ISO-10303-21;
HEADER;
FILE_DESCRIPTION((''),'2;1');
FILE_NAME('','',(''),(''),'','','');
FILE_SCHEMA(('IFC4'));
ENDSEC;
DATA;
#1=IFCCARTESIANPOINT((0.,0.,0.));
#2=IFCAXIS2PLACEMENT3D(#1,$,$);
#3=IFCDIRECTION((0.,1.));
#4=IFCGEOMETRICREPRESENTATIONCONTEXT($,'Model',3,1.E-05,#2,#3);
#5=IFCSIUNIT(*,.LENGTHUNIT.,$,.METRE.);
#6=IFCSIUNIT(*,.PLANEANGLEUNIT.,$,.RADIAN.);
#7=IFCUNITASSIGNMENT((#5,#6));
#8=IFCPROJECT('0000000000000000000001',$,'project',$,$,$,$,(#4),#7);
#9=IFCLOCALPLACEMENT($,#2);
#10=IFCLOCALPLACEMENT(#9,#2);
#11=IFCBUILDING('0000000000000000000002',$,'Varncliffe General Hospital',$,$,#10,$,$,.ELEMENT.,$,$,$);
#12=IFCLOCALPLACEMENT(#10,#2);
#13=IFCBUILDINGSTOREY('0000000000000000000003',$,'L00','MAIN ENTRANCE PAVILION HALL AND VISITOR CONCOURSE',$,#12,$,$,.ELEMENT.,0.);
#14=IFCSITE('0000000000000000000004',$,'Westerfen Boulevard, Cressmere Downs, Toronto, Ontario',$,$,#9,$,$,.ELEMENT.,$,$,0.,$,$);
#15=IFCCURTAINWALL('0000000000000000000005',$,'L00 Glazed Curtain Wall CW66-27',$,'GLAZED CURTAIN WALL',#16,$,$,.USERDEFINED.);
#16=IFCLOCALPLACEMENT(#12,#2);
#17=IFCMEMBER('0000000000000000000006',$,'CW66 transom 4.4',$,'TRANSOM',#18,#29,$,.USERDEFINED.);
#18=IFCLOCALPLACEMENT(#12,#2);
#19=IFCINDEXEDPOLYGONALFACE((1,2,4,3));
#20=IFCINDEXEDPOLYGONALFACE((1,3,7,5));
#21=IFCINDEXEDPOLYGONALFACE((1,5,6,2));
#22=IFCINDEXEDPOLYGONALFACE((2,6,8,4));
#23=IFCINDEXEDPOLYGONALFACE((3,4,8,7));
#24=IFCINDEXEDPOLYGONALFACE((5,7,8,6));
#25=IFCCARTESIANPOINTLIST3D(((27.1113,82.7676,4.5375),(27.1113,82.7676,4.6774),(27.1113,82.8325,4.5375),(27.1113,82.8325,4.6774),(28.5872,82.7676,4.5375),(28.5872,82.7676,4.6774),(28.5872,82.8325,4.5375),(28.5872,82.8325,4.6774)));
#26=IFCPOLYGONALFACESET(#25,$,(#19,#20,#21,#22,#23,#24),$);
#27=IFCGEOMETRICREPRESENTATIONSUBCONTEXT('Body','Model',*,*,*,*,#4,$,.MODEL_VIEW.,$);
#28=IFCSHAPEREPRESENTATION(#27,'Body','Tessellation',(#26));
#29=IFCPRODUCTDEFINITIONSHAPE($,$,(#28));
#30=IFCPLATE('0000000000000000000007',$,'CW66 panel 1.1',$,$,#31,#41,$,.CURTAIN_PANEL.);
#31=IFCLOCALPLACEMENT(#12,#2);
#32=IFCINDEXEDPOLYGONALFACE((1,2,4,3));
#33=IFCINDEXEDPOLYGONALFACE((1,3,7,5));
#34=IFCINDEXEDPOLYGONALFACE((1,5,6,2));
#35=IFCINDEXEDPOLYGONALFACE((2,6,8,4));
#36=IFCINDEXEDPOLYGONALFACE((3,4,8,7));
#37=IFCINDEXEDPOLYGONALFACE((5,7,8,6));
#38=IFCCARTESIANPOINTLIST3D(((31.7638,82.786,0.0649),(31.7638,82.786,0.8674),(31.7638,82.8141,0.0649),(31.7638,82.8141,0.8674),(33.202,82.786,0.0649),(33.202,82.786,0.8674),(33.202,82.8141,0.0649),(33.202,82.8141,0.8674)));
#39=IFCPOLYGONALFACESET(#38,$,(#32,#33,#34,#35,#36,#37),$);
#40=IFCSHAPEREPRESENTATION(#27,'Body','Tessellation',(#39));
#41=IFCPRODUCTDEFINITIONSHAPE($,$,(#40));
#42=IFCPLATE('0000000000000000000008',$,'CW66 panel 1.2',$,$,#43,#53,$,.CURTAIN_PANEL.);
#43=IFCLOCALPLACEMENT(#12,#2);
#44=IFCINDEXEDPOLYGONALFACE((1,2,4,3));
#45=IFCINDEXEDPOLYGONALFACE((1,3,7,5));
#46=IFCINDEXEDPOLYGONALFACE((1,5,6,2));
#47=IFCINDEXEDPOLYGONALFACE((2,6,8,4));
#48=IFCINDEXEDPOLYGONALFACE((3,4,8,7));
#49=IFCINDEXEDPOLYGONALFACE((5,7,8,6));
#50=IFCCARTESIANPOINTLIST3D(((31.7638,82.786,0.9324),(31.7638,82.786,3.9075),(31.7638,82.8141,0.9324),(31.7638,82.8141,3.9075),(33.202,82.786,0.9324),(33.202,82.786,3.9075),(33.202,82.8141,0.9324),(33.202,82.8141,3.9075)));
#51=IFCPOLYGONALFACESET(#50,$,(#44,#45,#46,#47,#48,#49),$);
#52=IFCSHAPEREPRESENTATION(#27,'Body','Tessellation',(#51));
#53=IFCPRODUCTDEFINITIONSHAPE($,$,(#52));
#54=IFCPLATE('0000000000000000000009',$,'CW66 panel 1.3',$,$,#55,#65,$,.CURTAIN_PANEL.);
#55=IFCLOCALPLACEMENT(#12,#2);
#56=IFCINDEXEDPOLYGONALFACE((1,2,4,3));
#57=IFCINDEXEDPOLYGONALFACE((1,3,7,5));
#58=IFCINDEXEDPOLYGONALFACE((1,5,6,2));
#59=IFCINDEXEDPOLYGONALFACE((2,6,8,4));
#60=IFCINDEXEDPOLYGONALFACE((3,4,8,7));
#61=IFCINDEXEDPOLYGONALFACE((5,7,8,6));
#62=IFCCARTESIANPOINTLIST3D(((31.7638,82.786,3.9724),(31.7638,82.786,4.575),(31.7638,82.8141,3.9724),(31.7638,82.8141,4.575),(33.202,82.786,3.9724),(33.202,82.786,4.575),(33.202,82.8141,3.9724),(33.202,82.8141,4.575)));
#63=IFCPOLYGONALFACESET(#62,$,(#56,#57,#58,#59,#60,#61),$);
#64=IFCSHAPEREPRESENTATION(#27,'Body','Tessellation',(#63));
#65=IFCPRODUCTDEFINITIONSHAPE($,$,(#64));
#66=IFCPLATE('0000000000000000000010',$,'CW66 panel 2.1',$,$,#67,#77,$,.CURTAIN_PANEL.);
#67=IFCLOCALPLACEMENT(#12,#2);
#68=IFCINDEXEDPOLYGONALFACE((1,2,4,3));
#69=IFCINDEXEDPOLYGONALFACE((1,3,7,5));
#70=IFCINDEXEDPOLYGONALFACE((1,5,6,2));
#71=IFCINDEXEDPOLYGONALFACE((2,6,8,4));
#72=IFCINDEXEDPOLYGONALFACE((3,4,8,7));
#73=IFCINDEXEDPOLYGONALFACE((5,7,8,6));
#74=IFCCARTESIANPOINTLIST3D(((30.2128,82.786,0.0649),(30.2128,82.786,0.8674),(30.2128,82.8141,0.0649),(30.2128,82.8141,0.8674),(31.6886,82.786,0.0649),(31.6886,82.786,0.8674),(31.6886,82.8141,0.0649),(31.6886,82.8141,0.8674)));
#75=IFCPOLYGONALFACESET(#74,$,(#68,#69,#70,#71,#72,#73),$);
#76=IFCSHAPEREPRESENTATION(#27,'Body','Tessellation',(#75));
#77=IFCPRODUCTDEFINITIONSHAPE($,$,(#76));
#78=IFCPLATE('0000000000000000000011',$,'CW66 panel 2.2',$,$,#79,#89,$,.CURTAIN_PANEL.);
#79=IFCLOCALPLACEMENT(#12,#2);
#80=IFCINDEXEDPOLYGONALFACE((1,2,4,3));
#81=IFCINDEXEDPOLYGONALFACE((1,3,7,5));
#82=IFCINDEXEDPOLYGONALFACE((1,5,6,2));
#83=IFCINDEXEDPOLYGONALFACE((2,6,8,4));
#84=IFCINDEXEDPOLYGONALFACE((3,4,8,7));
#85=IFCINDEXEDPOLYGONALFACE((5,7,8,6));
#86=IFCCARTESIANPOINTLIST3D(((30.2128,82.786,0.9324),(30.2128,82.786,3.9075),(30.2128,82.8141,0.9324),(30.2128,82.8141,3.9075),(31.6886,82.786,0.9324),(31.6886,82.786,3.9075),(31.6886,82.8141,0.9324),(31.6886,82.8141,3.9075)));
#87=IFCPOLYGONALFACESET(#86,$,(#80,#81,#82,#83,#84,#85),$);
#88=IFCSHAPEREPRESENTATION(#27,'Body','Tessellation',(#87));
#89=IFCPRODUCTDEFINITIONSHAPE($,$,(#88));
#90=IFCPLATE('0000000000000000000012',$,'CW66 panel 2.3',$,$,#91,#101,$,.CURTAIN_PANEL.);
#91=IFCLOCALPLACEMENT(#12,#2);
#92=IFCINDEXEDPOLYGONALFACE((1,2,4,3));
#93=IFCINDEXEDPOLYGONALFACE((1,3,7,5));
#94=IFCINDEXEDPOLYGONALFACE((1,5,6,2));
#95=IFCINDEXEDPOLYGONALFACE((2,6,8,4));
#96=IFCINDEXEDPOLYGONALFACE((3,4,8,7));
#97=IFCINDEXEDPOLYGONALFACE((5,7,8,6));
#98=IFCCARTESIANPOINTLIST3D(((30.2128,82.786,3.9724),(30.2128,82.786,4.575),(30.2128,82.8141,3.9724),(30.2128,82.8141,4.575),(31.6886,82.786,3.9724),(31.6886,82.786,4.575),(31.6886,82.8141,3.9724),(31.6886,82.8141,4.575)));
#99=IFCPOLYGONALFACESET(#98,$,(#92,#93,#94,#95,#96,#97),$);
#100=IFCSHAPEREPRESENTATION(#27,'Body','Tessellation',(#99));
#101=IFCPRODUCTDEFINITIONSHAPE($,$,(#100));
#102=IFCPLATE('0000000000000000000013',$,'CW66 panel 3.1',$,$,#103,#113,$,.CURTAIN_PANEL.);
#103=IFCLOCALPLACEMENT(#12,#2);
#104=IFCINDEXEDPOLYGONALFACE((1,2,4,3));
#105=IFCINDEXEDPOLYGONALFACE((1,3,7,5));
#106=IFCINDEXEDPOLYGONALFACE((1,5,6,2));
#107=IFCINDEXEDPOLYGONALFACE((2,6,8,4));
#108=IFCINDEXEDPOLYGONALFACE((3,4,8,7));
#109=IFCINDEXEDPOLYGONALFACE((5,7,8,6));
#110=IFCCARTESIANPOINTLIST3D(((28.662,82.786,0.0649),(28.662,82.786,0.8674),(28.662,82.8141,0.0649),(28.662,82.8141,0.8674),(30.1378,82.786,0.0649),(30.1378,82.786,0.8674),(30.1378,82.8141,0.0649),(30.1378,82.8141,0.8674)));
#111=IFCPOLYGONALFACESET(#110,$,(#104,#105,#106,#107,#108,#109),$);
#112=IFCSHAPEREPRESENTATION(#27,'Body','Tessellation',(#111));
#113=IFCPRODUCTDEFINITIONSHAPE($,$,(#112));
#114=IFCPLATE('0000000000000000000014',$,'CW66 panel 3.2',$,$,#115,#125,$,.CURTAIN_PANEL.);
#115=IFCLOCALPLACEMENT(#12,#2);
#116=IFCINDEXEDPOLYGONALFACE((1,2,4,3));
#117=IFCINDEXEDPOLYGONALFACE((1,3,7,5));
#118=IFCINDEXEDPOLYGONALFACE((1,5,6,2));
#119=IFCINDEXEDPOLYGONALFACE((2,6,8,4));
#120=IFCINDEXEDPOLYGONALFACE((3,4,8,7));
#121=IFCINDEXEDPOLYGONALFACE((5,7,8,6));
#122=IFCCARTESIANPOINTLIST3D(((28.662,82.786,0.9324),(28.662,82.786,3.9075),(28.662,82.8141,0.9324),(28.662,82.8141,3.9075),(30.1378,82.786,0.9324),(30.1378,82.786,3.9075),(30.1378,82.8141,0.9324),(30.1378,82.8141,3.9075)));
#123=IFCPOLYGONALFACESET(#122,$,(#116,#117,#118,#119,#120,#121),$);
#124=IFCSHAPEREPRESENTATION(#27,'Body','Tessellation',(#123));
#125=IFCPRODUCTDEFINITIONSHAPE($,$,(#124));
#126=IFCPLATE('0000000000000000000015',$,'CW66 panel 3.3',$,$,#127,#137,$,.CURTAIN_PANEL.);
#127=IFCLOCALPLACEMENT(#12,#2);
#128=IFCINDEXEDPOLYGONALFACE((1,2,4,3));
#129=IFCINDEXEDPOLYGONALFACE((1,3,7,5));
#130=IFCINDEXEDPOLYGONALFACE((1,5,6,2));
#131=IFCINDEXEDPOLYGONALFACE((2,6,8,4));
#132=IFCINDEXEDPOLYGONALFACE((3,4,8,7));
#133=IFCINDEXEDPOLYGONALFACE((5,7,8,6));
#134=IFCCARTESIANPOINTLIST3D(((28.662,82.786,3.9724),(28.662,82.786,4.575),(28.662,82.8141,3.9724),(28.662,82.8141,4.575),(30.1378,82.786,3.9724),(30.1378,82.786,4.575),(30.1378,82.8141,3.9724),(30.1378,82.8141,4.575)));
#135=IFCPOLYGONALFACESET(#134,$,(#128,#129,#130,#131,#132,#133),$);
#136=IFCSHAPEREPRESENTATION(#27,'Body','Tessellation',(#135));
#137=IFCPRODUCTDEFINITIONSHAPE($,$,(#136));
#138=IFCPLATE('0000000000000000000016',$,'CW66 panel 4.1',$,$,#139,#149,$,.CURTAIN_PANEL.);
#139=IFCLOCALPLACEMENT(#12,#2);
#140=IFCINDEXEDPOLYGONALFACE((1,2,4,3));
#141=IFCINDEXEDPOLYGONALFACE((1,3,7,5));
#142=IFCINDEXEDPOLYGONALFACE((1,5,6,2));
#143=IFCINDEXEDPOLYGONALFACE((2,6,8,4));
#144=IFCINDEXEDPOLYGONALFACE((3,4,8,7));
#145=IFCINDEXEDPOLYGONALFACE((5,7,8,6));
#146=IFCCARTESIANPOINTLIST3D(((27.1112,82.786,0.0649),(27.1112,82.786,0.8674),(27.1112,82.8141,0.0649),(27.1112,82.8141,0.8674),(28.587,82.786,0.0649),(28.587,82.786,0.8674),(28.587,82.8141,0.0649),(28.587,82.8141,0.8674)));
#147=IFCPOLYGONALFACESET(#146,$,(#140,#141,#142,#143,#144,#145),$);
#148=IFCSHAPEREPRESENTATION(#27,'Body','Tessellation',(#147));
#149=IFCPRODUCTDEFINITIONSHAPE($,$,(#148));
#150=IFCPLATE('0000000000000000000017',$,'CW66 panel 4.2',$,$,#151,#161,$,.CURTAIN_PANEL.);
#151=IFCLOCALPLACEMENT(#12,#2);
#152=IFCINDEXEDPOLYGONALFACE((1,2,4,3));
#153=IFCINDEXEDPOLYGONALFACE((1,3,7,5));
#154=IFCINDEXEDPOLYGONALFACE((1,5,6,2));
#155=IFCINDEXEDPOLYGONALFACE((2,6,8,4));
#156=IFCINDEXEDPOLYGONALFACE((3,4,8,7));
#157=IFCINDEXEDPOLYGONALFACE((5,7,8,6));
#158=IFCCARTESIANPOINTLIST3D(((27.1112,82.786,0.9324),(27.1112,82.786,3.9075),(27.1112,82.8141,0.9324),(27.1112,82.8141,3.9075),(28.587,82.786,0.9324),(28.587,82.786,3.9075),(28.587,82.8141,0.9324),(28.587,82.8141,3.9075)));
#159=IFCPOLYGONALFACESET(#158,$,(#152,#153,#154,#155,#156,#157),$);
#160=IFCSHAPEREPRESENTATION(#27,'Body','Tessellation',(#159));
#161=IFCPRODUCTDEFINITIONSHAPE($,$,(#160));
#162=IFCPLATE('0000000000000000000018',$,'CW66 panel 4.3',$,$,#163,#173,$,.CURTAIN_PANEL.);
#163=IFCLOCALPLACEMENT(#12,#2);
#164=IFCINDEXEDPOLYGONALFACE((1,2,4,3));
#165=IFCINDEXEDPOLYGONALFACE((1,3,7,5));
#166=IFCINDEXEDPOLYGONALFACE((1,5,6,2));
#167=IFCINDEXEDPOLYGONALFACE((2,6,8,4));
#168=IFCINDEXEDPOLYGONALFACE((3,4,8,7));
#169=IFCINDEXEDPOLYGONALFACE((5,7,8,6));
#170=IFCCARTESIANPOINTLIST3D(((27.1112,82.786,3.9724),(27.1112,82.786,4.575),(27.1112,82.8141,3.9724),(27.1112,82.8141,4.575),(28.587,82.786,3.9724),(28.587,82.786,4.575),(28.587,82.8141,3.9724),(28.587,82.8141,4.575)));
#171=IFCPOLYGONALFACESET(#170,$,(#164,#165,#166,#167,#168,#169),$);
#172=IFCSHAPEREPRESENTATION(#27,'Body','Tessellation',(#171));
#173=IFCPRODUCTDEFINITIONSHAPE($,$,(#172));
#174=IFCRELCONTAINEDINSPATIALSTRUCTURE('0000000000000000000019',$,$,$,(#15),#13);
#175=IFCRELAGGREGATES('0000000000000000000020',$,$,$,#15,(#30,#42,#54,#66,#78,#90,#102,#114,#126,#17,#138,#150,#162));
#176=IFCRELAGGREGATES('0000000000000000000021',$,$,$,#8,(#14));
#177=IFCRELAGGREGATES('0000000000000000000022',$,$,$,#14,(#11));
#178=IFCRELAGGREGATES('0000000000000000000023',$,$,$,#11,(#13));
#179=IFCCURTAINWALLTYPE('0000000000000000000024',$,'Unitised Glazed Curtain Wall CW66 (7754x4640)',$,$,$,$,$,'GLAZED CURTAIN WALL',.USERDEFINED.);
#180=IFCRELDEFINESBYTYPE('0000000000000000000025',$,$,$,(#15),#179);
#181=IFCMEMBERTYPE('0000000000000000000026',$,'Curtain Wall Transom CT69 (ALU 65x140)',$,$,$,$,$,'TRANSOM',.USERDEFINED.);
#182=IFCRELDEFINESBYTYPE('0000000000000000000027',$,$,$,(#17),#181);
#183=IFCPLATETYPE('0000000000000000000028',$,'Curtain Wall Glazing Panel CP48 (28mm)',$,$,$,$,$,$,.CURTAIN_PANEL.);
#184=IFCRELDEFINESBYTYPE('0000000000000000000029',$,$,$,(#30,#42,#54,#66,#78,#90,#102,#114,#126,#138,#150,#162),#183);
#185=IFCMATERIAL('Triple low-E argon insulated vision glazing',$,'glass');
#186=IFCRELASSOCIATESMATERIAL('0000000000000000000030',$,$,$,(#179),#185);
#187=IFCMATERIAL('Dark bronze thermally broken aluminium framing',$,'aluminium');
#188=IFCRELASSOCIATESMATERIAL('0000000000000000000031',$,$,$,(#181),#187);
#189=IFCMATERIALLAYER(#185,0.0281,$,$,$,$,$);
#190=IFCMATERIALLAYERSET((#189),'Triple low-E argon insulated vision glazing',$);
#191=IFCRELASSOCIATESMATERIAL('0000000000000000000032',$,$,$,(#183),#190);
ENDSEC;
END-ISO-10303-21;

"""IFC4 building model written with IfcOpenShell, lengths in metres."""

from ifc_helpers import new_model, si_unit, direction, frame, origin, origin_2d, place, context, subcontext, project, spatial, rectangle, extrude, material, layer, layer_set, material_profile, profile_set, type_object, element, aggregate, save


model = new_model("IFC4")

# Units and contexts
model_context = context("Model", 3, precision=1e-05, world=origin(), true_north=direction((0.0, 1.0)))
body_context = subcontext(model_context, "Body", "Model", "MODEL_VIEW")
ifc_project = project(units=[si_unit("LENGTHUNIT", "METRE"), si_unit("PLANEANGLEUNIT", "RADIAN")], contexts=[model_context])

# Site, building, storey
site_placement = place(None, origin())
site = spatial("IfcSite", under=ifc_project, at=site_placement, Name="Westerfen Boulevard, Cressmere Downs, Toronto, Ontario", CompositionType="ELEMENT", RefElevation=0.0)
building_placement = place(site_placement, origin())
building = spatial("IfcBuilding", under=site, at=building_placement, Name="Varncliffe General Hospital", CompositionType="ELEMENT")
storey_placement = place(building_placement, origin())
storey = spatial("IfcBuildingStorey", under=building, at=storey_placement, Name="L00", Description="MAIN ENTRANCE PAVILION HALL AND VISITOR CONCOURSE", CompositionType="ELEMENT", Elevation=0.0)

# Curtain wall, member, plates
ifc_material_1 = material(Name="Triple low-E argon insulated vision glazing", Category="glass")
curtain_wall_type = type_object("IfcCurtainWallType", Name="Unitised Glazed Curtain Wall CW66 (7754x4640)", ElementType="GLAZED CURTAIN WALL", PredefinedType="USERDEFINED", material=ifc_material_1)
curtain_wall_placement = place(storey_placement, origin())
curtain_wall = element("IfcCurtainWall", 1, at=curtain_wall_placement, inside=storey, type_object=curtain_wall_type, Name="L00 Glazed Curtain Wall CW66-27", ObjectType="GLAZED CURTAIN WALL", PredefinedType="USERDEFINED")
ifc_material_2 = material(Name="Dark bronze thermally broken aluminium framing", Category="aluminium")
ifc_material_profile_1 = material_profile(ifc_material_2, rectangle(XDim=0.0649, YDim=0.1399, at=origin_2d()), Name="ALU 65x140")
ifc_profile_set_1 = profile_set([ifc_material_profile_1], Name="Dark bronze thermally broken aluminium framing")
member_type_1 = type_object("IfcMemberType", Name="Curtain Wall Transom CT69 (ALU 65x140)", ElementType="TRANSOM", PredefinedType="USERDEFINED", material=ifc_profile_set_1)
member_1_placement = place(storey_placement, frame((28.5872, 82.8, 4.6074), z_axis=(-1.0, 0.0, 0.0), x_axis=(0.0, -1.0, 0.0)))
member_1 = element("IfcMember", 2, at=member_1_placement, type_object=member_type_1, Name="CW66 transom 4.4", ObjectType="TRANSOM", PredefinedType="USERDEFINED", context=body_context, shape_type="SweptSolid", body=[
    extrude(rectangle(XDim=0.0649, YDim=0.1399, at=origin_2d()), origin(), (0.0, 0.0, 1.0), 1.4758),
])
ifc_layer = layer(ifc_material_1, 0.0281)
ifc_layer_set = layer_set([ifc_layer], Name="Triple low-E argon insulated vision glazing")
plate_type = type_object("IfcPlateType", Name="Curtain Wall Glazing Panel CP48 (28mm)", PredefinedType="CURTAIN_PANEL", material=ifc_layer_set)
plate_1_placement = place(storey_placement, frame((32.4829, 82.8, 0.0649), z_axis=(0.0, 0.0, 1.0), x_axis=(-1.0, 0.0, 0.0)))
plate_1 = element("IfcPlate", 3, at=plate_1_placement, type_object=plate_type, Name="CW66 panel 1.1", PredefinedType="CURTAIN_PANEL", context=body_context, shape_type="SweptSolid", body=[
    extrude(rectangle(XDim=1.4382, YDim=0.0281, at=origin_2d()), origin(), (0.0, 0.0, 1.0), 0.8025),
])
plate_2_placement = place(storey_placement, frame((32.4829, 82.8, 0.9324), z_axis=(0.0, 0.0, 1.0), x_axis=(-1.0, 0.0, 0.0)))
plate_2 = element("IfcPlate", 4, at=plate_2_placement, type_object=plate_type, Name="CW66 panel 1.2", PredefinedType="CURTAIN_PANEL", context=body_context, shape_type="SweptSolid", body=[
    extrude(rectangle(XDim=1.4382, YDim=0.0281, at=origin_2d()), origin(), (0.0, 0.0, 1.0), 2.9751),
])
plate_3_placement = place(storey_placement, frame((32.4829, 82.8, 3.9724), z_axis=(0.0, 0.0, 1.0), x_axis=(-1.0, 0.0, 0.0)))
plate_3 = element("IfcPlate", 5, at=plate_3_placement, type_object=plate_type, Name="CW66 panel 1.3", PredefinedType="CURTAIN_PANEL", context=body_context, shape_type="SweptSolid", body=[
    extrude(rectangle(XDim=1.4382, YDim=0.0281, at=origin_2d()), origin(), (0.0, 0.0, 1.0), 0.6025),
])
plate_4_placement = place(storey_placement, frame((30.9507, 82.8, 0.0649), z_axis=(0.0, 0.0, 1.0), x_axis=(-1.0, 0.0, 0.0)))
plate_4 = element("IfcPlate", 6, at=plate_4_placement, type_object=plate_type, Name="CW66 panel 2.1", PredefinedType="CURTAIN_PANEL", context=body_context, shape_type="SweptSolid", body=[
    extrude(rectangle(XDim=1.4758, YDim=0.0281, at=origin_2d()), origin(), (0.0, 0.0, 1.0), 0.8025),
])
plate_5_placement = place(storey_placement, frame((30.9507, 82.8, 0.9324), z_axis=(0.0, 0.0, 1.0), x_axis=(-1.0, 0.0, 0.0)))
plate_5 = element("IfcPlate", 7, at=plate_5_placement, type_object=plate_type, Name="CW66 panel 2.2", PredefinedType="CURTAIN_PANEL", context=body_context, shape_type="SweptSolid", body=[
    extrude(rectangle(XDim=1.4758, YDim=0.0281, at=origin_2d()), origin(), (0.0, 0.0, 1.0), 2.9751),
])
plate_6_placement = place(storey_placement, frame((30.9507, 82.8, 3.9724), z_axis=(0.0, 0.0, 1.0), x_axis=(-1.0, 0.0, 0.0)))
plate_6 = element("IfcPlate", 8, at=plate_6_placement, type_object=plate_type, Name="CW66 panel 2.3", PredefinedType="CURTAIN_PANEL", context=body_context, shape_type="SweptSolid", body=[
    extrude(rectangle(XDim=1.4758, YDim=0.0281, at=origin_2d()), origin(), (0.0, 0.0, 1.0), 0.6025),
])
plate_7_placement = place(storey_placement, frame((29.3999, 82.8, 0.0649), z_axis=(0.0, 0.0, 1.0), x_axis=(-1.0, 0.0, 0.0)))
plate_7 = element("IfcPlate", 9, at=plate_7_placement, type_object=plate_type, Name="CW66 panel 3.1", PredefinedType="CURTAIN_PANEL", context=body_context, shape_type="SweptSolid", body=[
    extrude(rectangle(XDim=1.4758, YDim=0.0281, at=origin_2d()), origin(), (0.0, 0.0, 1.0), 0.8025),
])
plate_8_placement = place(storey_placement, frame((29.3999, 82.8, 0.9324), z_axis=(0.0, 0.0, 1.0), x_axis=(-1.0, 0.0, 0.0)))
plate_8 = element("IfcPlate", 10, at=plate_8_placement, type_object=plate_type, Name="CW66 panel 3.2", PredefinedType="CURTAIN_PANEL", context=body_context, shape_type="SweptSolid", body=[
    extrude(rectangle(XDim=1.4758, YDim=0.0281, at=origin_2d()), origin(), (0.0, 0.0, 1.0), 2.9751),
])
plate_9_placement = place(storey_placement, frame((29.3999, 82.8, 3.9724), z_axis=(0.0, 0.0, 1.0), x_axis=(-1.0, 0.0, 0.0)))
plate_9 = element("IfcPlate", 11, at=plate_9_placement, type_object=plate_type, Name="CW66 panel 3.3", PredefinedType="CURTAIN_PANEL", context=body_context, shape_type="SweptSolid", body=[
    extrude(rectangle(XDim=1.4758, YDim=0.0281, at=origin_2d()), origin(), (0.0, 0.0, 1.0), 0.6025),
])
plate_10_placement = place(storey_placement, frame((27.8491, 82.8, 0.0649), z_axis=(0.0, 0.0, 1.0), x_axis=(-1.0, 0.0, 0.0)))
plate_10 = element("IfcPlate", 12, at=plate_10_placement, type_object=plate_type, Name="CW66 panel 4.1", PredefinedType="CURTAIN_PANEL", context=body_context, shape_type="SweptSolid", body=[
    extrude(rectangle(XDim=1.4758, YDim=0.0281, at=origin_2d()), origin(), (0.0, 0.0, 1.0), 0.8025),
])
plate_11_placement = place(storey_placement, frame((27.8491, 82.8, 0.9324), z_axis=(0.0, 0.0, 1.0), x_axis=(-1.0, 0.0, 0.0)))
plate_11 = element("IfcPlate", 13, at=plate_11_placement, type_object=plate_type, Name="CW66 panel 4.2", PredefinedType="CURTAIN_PANEL", context=body_context, shape_type="SweptSolid", body=[
    extrude(rectangle(XDim=1.4758, YDim=0.0281, at=origin_2d()), origin(), (0.0, 0.0, 1.0), 2.9751),
])
plate_12_placement = place(storey_placement, frame((27.8491, 82.8, 3.9724), z_axis=(0.0, 0.0, 1.0), x_axis=(-1.0, 0.0, 0.0)))
plate_12 = element("IfcPlate", 14, at=plate_12_placement, type_object=plate_type, Name="CW66 panel 4.3", PredefinedType="CURTAIN_PANEL", context=body_context, shape_type="SweptSolid", body=[
    extrude(rectangle(XDim=1.4758, YDim=0.0281, at=origin_2d()), origin(), (0.0, 0.0, 1.0), 0.6025),
])
aggregate(curtain_wall, [plate_1, plate_2, plate_3, plate_4, plate_5, plate_6, plate_7, plate_8, plate_9, member_1, plate_10, plate_11, plate_12])

save(model, "model.ifc")
